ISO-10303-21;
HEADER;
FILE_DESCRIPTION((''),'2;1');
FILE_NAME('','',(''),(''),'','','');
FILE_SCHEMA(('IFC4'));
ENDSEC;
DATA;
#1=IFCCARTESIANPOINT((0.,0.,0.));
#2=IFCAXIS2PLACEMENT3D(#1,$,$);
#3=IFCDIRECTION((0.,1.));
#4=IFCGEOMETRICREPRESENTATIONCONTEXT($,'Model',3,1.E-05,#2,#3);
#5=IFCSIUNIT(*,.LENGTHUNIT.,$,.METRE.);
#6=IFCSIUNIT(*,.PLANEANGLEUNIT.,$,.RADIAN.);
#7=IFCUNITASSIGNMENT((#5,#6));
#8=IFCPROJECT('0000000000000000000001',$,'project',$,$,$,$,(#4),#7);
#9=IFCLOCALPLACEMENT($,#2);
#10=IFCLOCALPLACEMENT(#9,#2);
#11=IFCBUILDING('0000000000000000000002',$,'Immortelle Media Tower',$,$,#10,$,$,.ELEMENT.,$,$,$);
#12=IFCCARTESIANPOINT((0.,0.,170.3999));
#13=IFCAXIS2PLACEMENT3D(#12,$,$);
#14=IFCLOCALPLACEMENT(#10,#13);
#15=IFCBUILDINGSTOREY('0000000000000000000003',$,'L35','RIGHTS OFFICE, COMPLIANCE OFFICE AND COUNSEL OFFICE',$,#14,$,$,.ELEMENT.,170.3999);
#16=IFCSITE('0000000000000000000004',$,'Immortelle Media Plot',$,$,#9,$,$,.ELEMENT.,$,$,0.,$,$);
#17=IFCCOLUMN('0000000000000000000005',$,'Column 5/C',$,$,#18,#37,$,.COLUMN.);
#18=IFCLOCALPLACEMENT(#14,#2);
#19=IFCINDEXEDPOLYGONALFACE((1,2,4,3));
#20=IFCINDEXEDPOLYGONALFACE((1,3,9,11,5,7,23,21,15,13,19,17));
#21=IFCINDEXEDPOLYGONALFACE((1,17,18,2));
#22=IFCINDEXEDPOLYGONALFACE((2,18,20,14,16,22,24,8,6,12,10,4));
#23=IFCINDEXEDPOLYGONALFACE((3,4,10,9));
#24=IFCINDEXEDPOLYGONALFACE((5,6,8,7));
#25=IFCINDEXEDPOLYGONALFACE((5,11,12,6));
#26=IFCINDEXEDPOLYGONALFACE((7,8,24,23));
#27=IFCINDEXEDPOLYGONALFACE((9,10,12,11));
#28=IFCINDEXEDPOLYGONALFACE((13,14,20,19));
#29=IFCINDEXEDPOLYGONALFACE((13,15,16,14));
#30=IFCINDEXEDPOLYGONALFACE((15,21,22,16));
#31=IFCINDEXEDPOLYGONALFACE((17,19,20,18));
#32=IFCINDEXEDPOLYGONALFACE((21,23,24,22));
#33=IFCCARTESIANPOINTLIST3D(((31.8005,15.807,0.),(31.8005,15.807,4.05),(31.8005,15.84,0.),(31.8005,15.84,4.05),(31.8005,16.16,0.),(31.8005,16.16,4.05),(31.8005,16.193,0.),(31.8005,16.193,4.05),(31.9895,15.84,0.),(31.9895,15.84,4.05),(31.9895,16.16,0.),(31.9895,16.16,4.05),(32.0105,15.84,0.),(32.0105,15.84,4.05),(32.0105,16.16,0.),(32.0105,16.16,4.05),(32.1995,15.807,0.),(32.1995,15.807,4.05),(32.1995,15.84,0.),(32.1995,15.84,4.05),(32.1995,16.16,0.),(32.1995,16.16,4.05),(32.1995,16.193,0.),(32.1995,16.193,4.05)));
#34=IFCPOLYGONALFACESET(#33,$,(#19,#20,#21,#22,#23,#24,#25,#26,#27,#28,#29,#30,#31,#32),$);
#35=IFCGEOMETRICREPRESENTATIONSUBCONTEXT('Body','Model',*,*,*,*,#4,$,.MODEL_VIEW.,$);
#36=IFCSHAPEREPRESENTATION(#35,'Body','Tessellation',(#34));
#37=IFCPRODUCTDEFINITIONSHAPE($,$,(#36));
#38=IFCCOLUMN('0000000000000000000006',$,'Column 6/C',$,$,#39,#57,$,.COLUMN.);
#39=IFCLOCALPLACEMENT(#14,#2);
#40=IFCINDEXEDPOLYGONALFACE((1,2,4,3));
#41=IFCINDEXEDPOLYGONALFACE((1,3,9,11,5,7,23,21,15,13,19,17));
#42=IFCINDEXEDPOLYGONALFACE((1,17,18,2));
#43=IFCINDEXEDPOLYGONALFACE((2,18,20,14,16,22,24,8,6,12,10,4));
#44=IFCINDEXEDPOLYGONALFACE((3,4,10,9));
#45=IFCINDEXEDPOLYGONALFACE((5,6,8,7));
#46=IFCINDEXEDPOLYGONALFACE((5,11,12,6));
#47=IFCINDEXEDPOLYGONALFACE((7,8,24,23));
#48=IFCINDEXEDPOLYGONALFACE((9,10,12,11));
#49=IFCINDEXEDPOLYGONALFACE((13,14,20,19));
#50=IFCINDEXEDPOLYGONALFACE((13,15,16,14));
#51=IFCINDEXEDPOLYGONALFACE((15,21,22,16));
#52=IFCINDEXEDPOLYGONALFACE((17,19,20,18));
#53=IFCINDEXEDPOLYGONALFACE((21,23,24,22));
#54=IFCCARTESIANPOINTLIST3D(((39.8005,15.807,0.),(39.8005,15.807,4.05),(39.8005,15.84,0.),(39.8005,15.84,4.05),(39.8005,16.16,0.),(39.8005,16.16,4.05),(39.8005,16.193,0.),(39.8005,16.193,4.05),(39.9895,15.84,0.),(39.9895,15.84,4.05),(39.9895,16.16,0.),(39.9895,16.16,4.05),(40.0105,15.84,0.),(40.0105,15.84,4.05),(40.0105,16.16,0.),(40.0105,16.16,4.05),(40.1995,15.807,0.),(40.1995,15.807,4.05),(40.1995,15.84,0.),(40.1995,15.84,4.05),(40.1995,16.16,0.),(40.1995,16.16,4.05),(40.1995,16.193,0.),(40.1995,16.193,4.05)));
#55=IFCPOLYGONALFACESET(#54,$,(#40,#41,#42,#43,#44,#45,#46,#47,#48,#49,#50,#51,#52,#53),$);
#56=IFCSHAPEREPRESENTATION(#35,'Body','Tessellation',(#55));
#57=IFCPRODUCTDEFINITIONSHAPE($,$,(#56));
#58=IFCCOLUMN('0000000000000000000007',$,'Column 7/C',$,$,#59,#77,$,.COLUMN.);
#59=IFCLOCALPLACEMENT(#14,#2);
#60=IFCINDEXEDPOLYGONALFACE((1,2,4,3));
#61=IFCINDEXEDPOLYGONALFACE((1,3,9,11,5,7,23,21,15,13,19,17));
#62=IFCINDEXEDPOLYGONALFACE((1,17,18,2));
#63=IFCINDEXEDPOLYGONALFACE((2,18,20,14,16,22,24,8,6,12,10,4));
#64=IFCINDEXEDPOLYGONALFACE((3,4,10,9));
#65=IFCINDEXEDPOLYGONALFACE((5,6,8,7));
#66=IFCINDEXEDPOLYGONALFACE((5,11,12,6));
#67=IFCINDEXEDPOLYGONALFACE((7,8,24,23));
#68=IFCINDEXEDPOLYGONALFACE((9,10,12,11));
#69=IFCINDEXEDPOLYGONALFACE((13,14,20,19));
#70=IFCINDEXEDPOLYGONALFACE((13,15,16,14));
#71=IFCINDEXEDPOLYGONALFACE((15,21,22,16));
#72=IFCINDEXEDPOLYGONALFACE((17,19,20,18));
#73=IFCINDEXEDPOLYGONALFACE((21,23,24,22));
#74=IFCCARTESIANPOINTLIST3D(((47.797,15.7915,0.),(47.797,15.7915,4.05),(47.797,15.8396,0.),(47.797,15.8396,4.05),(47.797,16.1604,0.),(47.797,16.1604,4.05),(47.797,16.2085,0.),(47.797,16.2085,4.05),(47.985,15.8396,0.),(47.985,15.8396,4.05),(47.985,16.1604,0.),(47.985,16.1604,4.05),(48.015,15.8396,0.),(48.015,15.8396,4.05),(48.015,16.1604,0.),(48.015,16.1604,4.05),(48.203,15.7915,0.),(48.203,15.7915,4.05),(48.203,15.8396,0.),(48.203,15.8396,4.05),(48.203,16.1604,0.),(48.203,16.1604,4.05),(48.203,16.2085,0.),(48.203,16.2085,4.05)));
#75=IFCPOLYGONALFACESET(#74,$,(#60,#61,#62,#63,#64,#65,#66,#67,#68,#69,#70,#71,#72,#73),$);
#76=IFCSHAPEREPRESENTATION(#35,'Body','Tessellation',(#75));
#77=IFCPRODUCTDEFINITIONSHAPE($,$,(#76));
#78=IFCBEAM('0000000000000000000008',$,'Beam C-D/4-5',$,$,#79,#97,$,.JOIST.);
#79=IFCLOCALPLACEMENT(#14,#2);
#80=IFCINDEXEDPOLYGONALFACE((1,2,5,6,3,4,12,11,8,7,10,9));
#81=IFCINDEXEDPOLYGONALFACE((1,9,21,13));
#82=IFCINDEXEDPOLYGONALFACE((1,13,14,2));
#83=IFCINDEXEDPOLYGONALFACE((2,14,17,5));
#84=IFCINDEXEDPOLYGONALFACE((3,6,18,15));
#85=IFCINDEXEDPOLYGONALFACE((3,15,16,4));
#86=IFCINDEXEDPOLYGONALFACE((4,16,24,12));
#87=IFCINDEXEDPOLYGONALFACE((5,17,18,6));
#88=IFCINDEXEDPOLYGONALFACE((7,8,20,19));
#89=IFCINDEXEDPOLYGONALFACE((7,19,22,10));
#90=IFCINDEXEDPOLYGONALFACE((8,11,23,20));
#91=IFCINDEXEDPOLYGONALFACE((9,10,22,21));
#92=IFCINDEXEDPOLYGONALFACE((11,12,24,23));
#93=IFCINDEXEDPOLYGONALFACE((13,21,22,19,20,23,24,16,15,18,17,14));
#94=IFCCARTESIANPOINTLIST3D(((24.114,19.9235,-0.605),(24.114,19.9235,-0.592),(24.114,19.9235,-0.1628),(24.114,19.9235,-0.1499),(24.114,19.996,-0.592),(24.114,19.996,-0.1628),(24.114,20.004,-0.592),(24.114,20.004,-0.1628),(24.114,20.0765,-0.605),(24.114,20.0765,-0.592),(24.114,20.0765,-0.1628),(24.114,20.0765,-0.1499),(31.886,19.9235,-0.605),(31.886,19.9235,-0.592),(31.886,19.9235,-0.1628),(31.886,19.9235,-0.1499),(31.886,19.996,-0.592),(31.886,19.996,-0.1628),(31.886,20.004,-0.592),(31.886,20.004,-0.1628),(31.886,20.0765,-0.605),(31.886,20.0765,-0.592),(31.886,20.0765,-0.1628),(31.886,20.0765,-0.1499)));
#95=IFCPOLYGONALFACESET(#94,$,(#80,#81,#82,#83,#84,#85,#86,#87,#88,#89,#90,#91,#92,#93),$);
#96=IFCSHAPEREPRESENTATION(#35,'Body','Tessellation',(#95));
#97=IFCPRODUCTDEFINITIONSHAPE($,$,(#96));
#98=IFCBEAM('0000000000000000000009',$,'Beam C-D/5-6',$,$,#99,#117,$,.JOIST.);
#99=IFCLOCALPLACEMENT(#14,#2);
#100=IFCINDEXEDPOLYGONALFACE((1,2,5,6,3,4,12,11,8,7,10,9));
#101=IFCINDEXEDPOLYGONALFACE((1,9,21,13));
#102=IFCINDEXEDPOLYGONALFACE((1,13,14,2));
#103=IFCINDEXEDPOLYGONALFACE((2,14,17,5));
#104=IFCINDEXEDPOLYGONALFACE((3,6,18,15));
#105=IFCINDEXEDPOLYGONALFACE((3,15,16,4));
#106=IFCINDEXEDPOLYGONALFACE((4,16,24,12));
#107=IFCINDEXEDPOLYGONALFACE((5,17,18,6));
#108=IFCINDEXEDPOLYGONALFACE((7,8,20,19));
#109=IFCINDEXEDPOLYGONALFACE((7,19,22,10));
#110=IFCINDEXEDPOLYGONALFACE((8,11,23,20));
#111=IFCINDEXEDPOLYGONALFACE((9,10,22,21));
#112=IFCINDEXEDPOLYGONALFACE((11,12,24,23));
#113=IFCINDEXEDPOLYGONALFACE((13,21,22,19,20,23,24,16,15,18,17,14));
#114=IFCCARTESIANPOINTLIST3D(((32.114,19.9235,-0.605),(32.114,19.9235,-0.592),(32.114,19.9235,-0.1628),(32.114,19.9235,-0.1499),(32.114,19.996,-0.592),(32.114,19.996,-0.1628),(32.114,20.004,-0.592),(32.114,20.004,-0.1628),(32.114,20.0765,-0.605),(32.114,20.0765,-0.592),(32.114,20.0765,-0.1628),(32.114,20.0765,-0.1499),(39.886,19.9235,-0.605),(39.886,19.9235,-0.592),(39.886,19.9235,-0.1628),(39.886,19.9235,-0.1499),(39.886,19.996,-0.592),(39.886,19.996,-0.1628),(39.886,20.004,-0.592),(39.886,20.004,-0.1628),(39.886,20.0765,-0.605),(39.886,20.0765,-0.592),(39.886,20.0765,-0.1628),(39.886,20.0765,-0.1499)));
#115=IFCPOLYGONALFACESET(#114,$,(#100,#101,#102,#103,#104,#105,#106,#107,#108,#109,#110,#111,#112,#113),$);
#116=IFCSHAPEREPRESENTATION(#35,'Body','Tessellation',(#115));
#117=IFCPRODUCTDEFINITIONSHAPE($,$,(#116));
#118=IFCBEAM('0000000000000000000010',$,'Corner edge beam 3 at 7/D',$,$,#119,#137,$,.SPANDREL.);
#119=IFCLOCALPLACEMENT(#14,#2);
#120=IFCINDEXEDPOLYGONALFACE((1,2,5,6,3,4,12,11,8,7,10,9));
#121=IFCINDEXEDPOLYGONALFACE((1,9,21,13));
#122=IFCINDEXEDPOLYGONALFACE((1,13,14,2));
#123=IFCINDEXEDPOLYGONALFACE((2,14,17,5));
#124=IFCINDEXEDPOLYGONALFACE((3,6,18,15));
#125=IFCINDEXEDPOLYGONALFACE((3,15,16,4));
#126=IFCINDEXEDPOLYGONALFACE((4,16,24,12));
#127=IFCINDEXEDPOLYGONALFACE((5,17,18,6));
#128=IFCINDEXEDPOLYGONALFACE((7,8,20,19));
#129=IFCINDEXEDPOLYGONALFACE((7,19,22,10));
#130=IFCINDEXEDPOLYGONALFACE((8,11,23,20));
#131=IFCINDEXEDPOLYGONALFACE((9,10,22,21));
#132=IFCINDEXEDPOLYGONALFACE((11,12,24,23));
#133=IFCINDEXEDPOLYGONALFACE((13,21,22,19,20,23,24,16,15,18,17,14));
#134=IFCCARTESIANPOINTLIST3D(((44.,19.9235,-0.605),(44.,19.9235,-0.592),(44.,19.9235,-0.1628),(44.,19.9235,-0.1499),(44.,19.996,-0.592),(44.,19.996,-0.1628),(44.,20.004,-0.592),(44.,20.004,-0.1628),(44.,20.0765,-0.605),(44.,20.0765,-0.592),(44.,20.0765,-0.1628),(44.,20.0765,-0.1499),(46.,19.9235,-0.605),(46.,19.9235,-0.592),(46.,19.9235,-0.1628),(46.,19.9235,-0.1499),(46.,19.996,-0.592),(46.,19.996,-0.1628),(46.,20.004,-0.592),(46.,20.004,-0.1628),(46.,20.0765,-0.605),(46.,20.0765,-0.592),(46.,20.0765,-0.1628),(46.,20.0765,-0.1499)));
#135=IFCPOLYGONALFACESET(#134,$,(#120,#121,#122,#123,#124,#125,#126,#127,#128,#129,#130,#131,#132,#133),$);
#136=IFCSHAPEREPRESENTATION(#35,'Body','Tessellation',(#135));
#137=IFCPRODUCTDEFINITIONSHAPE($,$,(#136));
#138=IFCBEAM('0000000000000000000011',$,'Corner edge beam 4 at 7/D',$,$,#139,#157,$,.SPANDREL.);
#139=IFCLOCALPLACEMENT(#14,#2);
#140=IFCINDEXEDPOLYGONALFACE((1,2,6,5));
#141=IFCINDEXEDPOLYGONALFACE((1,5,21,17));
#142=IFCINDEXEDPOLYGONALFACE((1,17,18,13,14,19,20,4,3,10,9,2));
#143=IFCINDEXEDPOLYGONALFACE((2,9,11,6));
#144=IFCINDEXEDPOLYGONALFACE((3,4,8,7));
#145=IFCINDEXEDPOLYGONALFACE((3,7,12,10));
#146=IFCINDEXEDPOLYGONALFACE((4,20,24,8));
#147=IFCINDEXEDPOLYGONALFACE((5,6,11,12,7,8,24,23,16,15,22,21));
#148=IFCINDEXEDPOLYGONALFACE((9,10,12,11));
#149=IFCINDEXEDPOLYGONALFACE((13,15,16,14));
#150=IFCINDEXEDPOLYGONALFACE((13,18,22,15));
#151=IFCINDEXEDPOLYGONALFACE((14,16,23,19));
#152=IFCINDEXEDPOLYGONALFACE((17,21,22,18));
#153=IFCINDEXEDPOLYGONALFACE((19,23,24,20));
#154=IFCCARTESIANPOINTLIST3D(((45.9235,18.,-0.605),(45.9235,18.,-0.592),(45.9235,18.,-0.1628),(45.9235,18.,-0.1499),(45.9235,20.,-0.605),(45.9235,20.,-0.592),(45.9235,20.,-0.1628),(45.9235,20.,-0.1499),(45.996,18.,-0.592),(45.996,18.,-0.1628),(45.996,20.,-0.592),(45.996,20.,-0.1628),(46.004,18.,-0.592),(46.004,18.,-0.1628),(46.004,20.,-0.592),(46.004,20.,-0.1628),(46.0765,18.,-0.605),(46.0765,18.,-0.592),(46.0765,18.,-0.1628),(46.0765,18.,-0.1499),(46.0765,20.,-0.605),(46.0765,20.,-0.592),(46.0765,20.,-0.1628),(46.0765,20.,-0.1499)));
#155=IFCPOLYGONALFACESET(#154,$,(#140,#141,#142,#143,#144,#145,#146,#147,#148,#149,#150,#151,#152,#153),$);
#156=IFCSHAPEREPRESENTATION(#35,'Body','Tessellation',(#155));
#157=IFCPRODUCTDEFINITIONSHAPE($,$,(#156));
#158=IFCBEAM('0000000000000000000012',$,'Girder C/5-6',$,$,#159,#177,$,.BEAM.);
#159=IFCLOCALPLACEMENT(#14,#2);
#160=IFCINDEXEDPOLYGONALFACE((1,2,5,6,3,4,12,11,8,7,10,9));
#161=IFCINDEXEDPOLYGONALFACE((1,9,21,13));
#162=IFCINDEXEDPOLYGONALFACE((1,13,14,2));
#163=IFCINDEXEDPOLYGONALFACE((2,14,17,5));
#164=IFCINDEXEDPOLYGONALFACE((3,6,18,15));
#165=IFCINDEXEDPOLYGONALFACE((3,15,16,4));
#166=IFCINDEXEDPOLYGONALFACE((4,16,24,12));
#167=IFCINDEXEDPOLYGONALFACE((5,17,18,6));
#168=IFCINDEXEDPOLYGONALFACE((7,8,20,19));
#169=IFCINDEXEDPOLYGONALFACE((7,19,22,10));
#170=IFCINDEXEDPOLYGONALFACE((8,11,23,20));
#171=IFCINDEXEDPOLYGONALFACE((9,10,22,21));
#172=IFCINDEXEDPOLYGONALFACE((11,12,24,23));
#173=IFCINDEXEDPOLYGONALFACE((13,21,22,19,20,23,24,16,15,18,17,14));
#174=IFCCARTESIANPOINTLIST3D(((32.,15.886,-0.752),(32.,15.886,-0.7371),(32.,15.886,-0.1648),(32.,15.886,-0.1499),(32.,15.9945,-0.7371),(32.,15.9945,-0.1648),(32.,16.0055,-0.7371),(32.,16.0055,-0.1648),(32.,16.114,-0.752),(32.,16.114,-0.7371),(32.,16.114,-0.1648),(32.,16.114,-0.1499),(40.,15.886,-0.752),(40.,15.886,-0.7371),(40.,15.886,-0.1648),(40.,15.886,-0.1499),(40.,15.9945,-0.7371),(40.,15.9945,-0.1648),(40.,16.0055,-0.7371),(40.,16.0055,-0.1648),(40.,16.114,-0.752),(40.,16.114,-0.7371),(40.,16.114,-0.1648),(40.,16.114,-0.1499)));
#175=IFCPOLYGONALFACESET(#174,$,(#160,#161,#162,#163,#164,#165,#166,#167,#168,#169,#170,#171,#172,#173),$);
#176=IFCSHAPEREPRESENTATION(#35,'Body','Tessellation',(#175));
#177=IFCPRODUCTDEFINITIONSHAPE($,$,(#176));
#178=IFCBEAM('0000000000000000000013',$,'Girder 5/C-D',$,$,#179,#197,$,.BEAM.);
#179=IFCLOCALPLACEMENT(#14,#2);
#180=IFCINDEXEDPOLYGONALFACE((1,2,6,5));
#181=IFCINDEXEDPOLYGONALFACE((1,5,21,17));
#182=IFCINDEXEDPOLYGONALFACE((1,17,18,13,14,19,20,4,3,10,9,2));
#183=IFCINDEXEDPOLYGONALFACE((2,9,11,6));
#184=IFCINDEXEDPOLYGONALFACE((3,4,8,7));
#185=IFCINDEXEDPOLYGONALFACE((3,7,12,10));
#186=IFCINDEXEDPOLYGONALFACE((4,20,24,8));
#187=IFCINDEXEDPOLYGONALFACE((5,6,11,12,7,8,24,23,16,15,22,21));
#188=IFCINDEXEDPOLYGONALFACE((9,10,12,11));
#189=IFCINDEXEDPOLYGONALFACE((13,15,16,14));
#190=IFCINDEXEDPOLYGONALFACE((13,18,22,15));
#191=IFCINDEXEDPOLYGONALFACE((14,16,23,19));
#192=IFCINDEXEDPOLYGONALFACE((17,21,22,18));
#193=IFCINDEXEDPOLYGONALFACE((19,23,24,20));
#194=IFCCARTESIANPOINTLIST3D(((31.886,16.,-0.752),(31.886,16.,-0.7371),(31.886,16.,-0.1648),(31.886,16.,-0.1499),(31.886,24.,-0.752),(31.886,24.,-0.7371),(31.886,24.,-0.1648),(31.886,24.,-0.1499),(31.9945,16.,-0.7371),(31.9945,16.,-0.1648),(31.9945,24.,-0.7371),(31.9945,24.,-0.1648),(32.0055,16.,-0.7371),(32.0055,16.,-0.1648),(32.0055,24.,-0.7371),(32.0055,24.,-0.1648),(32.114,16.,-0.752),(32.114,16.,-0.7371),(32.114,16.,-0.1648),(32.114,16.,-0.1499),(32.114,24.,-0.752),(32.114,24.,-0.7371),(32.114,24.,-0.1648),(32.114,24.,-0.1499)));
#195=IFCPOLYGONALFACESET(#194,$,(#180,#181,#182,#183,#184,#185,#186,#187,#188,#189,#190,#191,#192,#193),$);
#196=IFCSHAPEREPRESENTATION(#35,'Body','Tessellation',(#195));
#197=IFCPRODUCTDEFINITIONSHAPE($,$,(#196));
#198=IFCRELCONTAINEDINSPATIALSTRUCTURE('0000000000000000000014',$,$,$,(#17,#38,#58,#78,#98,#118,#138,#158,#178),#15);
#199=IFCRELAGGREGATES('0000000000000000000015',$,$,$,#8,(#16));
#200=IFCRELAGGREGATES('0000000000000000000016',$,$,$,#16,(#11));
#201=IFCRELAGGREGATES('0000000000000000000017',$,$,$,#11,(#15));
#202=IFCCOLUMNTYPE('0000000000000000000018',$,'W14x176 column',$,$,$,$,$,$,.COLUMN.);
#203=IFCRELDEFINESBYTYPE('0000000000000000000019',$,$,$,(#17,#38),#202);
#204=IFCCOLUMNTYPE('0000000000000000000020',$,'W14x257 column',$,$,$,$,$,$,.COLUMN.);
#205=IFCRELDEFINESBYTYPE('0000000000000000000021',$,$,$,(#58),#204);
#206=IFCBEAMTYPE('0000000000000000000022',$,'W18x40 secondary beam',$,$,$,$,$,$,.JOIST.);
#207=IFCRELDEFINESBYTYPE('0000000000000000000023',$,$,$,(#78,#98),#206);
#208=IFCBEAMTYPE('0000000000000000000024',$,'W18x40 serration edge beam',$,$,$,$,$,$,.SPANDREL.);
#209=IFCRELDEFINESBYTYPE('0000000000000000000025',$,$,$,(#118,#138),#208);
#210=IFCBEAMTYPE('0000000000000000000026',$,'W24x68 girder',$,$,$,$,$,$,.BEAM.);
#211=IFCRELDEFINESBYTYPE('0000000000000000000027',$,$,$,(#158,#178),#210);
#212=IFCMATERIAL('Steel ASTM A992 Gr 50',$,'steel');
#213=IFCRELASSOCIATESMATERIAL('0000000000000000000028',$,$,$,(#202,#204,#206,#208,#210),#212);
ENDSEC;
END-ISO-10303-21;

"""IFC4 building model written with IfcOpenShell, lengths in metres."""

from ifc_helpers import new_model, si_unit, direction, frame, origin, origin_2d, place, context, subcontext, project, spatial, i_section, extrude, material, material_profile, profile_set, type_object, element, save


model = new_model("IFC4")

# Units and contexts
model_context = context("Model", 3, precision=1e-05, world=origin(), true_north=direction((0.0, 1.0)))
body_context = subcontext(model_context, "Body", "Model", "MODEL_VIEW")
ifc_project = project(units=[si_unit("LENGTHUNIT", "METRE"), si_unit("PLANEANGLEUNIT", "RADIAN")], contexts=[model_context])

# Site, building, storey
site_placement = place(None, origin())
site = spatial("IfcSite", under=ifc_project, at=site_placement, Name="Immortelle Media Plot", CompositionType="ELEMENT", RefElevation=0.0)
building_placement = place(site_placement, origin())
building = spatial("IfcBuilding", under=site, at=building_placement, Name="Immortelle Media Tower", CompositionType="ELEMENT")
storey_placement = place(building_placement, frame((0.0, 0.0, 170.3999)))
storey = spatial("IfcBuildingStorey", under=building, at=storey_placement, Name="L35", Description="RIGHTS OFFICE, COMPLIANCE OFFICE AND COUNSEL OFFICE", CompositionType="ELEMENT", Elevation=170.3999)

# Columns
ifc_material_1 = material(Name="Steel ASTM A992 Gr 50", Category="steel")
ifc_material_profile_1 = material_profile(ifc_material_1, i_section(OverallWidth=0.3989, OverallDepth=0.386, WebThickness=0.021, FlangeThickness=0.033, at=origin_2d()), Name="W14x176")
ifc_profile_set_1 = profile_set([ifc_material_profile_1], Name="Steel ASTM A992 Gr 50")
column_type_1 = type_object("IfcColumnType", Name="W14x176 column", PredefinedType="COLUMN", material=ifc_profile_set_1)
for number, where, z_axis, x_axis, name in (
    (1, (32.0, 16.0, 0.0), (0.0, 0.0, 1.0), (1.0, 0.0, 0.0), "Column 5/C"),
    (2, (40.0, 16.0, 0.0), (0.0, 0.0, 1.0), (1.0, 0.0, 0.0), "Column 6/C"),
):
    element("IfcColumn", number, at=place(storey_placement, frame(where, z_axis=z_axis, x_axis=x_axis)), inside=storey, type_object=column_type_1, Name=name, PredefinedType="COLUMN", context=body_context, shape_type="SweptSolid", body=[
        extrude(i_section(OverallWidth=0.3989, OverallDepth=0.386, WebThickness=0.021, FlangeThickness=0.033, at=origin_2d()), origin(), (0.0, 0.0, 1.0), 4.05),
    ])
ifc_material_profile_2 = material_profile(ifc_material_1, i_section(OverallWidth=0.406, OverallDepth=0.417, WebThickness=0.03, FlangeThickness=0.0481, at=origin_2d()), Name="W14x257")
ifc_profile_set_2 = profile_set([ifc_material_profile_2], Name="Steel ASTM A992 Gr 50")
column_type_2 = type_object("IfcColumnType", Name="W14x257 column", PredefinedType="COLUMN", material=ifc_profile_set_2)
column_placement = place(storey_placement, frame((48.0, 16.0, 0.0), z_axis=(0.0, 0.0, 1.0), x_axis=(1.0, 0.0, 0.0)))
element("IfcColumn", 3, at=column_placement, inside=storey, type_object=column_type_2, Name="Column 7/C", PredefinedType="COLUMN", context=body_context, shape_type="SweptSolid", body=[
    extrude(i_section(OverallWidth=0.406, OverallDepth=0.417, WebThickness=0.03, FlangeThickness=0.0481, at=origin_2d()), origin(), (0.0, 0.0, 1.0), 4.05),
])

# Beams
ifc_material_profile_3 = material_profile(ifc_material_1, i_section(OverallWidth=0.1531, OverallDepth=0.4551, WebThickness=0.0081, FlangeThickness=0.0129, at=origin_2d()), Name="W18x40")
ifc_profile_set_3 = profile_set([ifc_material_profile_3], Name="Steel ASTM A992 Gr 50")
beam_type_1 = type_object("IfcBeamType", Name="W18x40 secondary beam", PredefinedType="JOIST", material=ifc_profile_set_3)
for number, where, z_axis, x_axis, name in (
    (4, (24.114, 20.0, -0.3774), (1.0, 0.0, 0.0), (0.0, 1.0, 0.0), "Beam C-D/4-5"),
    (5, (32.114, 20.0, -0.3774), (1.0, 0.0, 0.0), (0.0, 1.0, 0.0), "Beam C-D/5-6"),
):
    element("IfcBeam", number, at=place(storey_placement, frame(where, z_axis=z_axis, x_axis=x_axis)), inside=storey, type_object=beam_type_1, Name=name, PredefinedType="JOIST", context=body_context, shape_type="SweptSolid", body=[
        extrude(i_section(OverallWidth=0.1531, OverallDepth=0.4551, WebThickness=0.0081, FlangeThickness=0.0129, at=origin_2d()), origin(), (0.0, 0.0, 1.0), 7.772),
    ])
ifc_material_profile_4 = material_profile(ifc_material_1, i_section(OverallWidth=0.1531, OverallDepth=0.4551, WebThickness=0.0081, FlangeThickness=0.0129, at=origin_2d()), Name="W18x40")
ifc_profile_set_4 = profile_set([ifc_material_profile_4], Name="Steel ASTM A992 Gr 50")
beam_type_2 = type_object("IfcBeamType", Name="W18x40 serration edge beam", PredefinedType="SPANDREL", material=ifc_profile_set_4)
for number, where, z_axis, x_axis, name in (
    (6, (44.0, 20.0, -0.3774), (1.0, 0.0, 0.0), (0.0, 1.0, 0.0), "Corner edge beam 3 at 7/D"),
    (7, (46.0, 20.0, -0.3774), (0.0, -1.0, 0.0), (1.0, 0.0, 0.0), "Corner edge beam 4 at 7/D"),
):
    element("IfcBeam", number, at=place(storey_placement, frame(where, z_axis=z_axis, x_axis=x_axis)), inside=storey, type_object=beam_type_2, Name=name, PredefinedType="SPANDREL", context=body_context, shape_type="SweptSolid", body=[
        extrude(i_section(OverallWidth=0.1531, OverallDepth=0.4551, WebThickness=0.0081, FlangeThickness=0.0129, at=origin_2d()), origin(), (0.0, 0.0, 1.0), 2.0),
    ])
ifc_material_profile_5 = material_profile(ifc_material_1, i_section(OverallWidth=0.228, OverallDepth=0.6021, WebThickness=0.011, FlangeThickness=0.0149, at=origin_2d()), Name="W24x68")
ifc_profile_set_5 = profile_set([ifc_material_profile_5], Name="Steel ASTM A992 Gr 50")
beam_type_3 = type_object("IfcBeamType", Name="W24x68 girder", PredefinedType="BEAM", material=ifc_profile_set_5)
for number, where, z_axis, x_axis, name in (
    (8, (32.0, 16.0, -0.4509), (1.0, 0.0, 0.0), (0.0, 1.0, 0.0), "Girder C/5-6"),
    (9, (32.0, 16.0, -0.4509), (0.0, 1.0, 0.0), (-1.0, 0.0, 0.0), "Girder 5/C-D"),
):
    element("IfcBeam", number, at=place(storey_placement, frame(where, z_axis=z_axis, x_axis=x_axis)), inside=storey, type_object=beam_type_3, Name=name, PredefinedType="BEAM", context=body_context, shape_type="SweptSolid", body=[
        extrude(i_section(OverallWidth=0.228, OverallDepth=0.6021, WebThickness=0.011, FlangeThickness=0.0149, at=origin_2d()), origin(), (0.0, 0.0, 1.0), 8.0),
    ])

save(model, "model.ifc")
